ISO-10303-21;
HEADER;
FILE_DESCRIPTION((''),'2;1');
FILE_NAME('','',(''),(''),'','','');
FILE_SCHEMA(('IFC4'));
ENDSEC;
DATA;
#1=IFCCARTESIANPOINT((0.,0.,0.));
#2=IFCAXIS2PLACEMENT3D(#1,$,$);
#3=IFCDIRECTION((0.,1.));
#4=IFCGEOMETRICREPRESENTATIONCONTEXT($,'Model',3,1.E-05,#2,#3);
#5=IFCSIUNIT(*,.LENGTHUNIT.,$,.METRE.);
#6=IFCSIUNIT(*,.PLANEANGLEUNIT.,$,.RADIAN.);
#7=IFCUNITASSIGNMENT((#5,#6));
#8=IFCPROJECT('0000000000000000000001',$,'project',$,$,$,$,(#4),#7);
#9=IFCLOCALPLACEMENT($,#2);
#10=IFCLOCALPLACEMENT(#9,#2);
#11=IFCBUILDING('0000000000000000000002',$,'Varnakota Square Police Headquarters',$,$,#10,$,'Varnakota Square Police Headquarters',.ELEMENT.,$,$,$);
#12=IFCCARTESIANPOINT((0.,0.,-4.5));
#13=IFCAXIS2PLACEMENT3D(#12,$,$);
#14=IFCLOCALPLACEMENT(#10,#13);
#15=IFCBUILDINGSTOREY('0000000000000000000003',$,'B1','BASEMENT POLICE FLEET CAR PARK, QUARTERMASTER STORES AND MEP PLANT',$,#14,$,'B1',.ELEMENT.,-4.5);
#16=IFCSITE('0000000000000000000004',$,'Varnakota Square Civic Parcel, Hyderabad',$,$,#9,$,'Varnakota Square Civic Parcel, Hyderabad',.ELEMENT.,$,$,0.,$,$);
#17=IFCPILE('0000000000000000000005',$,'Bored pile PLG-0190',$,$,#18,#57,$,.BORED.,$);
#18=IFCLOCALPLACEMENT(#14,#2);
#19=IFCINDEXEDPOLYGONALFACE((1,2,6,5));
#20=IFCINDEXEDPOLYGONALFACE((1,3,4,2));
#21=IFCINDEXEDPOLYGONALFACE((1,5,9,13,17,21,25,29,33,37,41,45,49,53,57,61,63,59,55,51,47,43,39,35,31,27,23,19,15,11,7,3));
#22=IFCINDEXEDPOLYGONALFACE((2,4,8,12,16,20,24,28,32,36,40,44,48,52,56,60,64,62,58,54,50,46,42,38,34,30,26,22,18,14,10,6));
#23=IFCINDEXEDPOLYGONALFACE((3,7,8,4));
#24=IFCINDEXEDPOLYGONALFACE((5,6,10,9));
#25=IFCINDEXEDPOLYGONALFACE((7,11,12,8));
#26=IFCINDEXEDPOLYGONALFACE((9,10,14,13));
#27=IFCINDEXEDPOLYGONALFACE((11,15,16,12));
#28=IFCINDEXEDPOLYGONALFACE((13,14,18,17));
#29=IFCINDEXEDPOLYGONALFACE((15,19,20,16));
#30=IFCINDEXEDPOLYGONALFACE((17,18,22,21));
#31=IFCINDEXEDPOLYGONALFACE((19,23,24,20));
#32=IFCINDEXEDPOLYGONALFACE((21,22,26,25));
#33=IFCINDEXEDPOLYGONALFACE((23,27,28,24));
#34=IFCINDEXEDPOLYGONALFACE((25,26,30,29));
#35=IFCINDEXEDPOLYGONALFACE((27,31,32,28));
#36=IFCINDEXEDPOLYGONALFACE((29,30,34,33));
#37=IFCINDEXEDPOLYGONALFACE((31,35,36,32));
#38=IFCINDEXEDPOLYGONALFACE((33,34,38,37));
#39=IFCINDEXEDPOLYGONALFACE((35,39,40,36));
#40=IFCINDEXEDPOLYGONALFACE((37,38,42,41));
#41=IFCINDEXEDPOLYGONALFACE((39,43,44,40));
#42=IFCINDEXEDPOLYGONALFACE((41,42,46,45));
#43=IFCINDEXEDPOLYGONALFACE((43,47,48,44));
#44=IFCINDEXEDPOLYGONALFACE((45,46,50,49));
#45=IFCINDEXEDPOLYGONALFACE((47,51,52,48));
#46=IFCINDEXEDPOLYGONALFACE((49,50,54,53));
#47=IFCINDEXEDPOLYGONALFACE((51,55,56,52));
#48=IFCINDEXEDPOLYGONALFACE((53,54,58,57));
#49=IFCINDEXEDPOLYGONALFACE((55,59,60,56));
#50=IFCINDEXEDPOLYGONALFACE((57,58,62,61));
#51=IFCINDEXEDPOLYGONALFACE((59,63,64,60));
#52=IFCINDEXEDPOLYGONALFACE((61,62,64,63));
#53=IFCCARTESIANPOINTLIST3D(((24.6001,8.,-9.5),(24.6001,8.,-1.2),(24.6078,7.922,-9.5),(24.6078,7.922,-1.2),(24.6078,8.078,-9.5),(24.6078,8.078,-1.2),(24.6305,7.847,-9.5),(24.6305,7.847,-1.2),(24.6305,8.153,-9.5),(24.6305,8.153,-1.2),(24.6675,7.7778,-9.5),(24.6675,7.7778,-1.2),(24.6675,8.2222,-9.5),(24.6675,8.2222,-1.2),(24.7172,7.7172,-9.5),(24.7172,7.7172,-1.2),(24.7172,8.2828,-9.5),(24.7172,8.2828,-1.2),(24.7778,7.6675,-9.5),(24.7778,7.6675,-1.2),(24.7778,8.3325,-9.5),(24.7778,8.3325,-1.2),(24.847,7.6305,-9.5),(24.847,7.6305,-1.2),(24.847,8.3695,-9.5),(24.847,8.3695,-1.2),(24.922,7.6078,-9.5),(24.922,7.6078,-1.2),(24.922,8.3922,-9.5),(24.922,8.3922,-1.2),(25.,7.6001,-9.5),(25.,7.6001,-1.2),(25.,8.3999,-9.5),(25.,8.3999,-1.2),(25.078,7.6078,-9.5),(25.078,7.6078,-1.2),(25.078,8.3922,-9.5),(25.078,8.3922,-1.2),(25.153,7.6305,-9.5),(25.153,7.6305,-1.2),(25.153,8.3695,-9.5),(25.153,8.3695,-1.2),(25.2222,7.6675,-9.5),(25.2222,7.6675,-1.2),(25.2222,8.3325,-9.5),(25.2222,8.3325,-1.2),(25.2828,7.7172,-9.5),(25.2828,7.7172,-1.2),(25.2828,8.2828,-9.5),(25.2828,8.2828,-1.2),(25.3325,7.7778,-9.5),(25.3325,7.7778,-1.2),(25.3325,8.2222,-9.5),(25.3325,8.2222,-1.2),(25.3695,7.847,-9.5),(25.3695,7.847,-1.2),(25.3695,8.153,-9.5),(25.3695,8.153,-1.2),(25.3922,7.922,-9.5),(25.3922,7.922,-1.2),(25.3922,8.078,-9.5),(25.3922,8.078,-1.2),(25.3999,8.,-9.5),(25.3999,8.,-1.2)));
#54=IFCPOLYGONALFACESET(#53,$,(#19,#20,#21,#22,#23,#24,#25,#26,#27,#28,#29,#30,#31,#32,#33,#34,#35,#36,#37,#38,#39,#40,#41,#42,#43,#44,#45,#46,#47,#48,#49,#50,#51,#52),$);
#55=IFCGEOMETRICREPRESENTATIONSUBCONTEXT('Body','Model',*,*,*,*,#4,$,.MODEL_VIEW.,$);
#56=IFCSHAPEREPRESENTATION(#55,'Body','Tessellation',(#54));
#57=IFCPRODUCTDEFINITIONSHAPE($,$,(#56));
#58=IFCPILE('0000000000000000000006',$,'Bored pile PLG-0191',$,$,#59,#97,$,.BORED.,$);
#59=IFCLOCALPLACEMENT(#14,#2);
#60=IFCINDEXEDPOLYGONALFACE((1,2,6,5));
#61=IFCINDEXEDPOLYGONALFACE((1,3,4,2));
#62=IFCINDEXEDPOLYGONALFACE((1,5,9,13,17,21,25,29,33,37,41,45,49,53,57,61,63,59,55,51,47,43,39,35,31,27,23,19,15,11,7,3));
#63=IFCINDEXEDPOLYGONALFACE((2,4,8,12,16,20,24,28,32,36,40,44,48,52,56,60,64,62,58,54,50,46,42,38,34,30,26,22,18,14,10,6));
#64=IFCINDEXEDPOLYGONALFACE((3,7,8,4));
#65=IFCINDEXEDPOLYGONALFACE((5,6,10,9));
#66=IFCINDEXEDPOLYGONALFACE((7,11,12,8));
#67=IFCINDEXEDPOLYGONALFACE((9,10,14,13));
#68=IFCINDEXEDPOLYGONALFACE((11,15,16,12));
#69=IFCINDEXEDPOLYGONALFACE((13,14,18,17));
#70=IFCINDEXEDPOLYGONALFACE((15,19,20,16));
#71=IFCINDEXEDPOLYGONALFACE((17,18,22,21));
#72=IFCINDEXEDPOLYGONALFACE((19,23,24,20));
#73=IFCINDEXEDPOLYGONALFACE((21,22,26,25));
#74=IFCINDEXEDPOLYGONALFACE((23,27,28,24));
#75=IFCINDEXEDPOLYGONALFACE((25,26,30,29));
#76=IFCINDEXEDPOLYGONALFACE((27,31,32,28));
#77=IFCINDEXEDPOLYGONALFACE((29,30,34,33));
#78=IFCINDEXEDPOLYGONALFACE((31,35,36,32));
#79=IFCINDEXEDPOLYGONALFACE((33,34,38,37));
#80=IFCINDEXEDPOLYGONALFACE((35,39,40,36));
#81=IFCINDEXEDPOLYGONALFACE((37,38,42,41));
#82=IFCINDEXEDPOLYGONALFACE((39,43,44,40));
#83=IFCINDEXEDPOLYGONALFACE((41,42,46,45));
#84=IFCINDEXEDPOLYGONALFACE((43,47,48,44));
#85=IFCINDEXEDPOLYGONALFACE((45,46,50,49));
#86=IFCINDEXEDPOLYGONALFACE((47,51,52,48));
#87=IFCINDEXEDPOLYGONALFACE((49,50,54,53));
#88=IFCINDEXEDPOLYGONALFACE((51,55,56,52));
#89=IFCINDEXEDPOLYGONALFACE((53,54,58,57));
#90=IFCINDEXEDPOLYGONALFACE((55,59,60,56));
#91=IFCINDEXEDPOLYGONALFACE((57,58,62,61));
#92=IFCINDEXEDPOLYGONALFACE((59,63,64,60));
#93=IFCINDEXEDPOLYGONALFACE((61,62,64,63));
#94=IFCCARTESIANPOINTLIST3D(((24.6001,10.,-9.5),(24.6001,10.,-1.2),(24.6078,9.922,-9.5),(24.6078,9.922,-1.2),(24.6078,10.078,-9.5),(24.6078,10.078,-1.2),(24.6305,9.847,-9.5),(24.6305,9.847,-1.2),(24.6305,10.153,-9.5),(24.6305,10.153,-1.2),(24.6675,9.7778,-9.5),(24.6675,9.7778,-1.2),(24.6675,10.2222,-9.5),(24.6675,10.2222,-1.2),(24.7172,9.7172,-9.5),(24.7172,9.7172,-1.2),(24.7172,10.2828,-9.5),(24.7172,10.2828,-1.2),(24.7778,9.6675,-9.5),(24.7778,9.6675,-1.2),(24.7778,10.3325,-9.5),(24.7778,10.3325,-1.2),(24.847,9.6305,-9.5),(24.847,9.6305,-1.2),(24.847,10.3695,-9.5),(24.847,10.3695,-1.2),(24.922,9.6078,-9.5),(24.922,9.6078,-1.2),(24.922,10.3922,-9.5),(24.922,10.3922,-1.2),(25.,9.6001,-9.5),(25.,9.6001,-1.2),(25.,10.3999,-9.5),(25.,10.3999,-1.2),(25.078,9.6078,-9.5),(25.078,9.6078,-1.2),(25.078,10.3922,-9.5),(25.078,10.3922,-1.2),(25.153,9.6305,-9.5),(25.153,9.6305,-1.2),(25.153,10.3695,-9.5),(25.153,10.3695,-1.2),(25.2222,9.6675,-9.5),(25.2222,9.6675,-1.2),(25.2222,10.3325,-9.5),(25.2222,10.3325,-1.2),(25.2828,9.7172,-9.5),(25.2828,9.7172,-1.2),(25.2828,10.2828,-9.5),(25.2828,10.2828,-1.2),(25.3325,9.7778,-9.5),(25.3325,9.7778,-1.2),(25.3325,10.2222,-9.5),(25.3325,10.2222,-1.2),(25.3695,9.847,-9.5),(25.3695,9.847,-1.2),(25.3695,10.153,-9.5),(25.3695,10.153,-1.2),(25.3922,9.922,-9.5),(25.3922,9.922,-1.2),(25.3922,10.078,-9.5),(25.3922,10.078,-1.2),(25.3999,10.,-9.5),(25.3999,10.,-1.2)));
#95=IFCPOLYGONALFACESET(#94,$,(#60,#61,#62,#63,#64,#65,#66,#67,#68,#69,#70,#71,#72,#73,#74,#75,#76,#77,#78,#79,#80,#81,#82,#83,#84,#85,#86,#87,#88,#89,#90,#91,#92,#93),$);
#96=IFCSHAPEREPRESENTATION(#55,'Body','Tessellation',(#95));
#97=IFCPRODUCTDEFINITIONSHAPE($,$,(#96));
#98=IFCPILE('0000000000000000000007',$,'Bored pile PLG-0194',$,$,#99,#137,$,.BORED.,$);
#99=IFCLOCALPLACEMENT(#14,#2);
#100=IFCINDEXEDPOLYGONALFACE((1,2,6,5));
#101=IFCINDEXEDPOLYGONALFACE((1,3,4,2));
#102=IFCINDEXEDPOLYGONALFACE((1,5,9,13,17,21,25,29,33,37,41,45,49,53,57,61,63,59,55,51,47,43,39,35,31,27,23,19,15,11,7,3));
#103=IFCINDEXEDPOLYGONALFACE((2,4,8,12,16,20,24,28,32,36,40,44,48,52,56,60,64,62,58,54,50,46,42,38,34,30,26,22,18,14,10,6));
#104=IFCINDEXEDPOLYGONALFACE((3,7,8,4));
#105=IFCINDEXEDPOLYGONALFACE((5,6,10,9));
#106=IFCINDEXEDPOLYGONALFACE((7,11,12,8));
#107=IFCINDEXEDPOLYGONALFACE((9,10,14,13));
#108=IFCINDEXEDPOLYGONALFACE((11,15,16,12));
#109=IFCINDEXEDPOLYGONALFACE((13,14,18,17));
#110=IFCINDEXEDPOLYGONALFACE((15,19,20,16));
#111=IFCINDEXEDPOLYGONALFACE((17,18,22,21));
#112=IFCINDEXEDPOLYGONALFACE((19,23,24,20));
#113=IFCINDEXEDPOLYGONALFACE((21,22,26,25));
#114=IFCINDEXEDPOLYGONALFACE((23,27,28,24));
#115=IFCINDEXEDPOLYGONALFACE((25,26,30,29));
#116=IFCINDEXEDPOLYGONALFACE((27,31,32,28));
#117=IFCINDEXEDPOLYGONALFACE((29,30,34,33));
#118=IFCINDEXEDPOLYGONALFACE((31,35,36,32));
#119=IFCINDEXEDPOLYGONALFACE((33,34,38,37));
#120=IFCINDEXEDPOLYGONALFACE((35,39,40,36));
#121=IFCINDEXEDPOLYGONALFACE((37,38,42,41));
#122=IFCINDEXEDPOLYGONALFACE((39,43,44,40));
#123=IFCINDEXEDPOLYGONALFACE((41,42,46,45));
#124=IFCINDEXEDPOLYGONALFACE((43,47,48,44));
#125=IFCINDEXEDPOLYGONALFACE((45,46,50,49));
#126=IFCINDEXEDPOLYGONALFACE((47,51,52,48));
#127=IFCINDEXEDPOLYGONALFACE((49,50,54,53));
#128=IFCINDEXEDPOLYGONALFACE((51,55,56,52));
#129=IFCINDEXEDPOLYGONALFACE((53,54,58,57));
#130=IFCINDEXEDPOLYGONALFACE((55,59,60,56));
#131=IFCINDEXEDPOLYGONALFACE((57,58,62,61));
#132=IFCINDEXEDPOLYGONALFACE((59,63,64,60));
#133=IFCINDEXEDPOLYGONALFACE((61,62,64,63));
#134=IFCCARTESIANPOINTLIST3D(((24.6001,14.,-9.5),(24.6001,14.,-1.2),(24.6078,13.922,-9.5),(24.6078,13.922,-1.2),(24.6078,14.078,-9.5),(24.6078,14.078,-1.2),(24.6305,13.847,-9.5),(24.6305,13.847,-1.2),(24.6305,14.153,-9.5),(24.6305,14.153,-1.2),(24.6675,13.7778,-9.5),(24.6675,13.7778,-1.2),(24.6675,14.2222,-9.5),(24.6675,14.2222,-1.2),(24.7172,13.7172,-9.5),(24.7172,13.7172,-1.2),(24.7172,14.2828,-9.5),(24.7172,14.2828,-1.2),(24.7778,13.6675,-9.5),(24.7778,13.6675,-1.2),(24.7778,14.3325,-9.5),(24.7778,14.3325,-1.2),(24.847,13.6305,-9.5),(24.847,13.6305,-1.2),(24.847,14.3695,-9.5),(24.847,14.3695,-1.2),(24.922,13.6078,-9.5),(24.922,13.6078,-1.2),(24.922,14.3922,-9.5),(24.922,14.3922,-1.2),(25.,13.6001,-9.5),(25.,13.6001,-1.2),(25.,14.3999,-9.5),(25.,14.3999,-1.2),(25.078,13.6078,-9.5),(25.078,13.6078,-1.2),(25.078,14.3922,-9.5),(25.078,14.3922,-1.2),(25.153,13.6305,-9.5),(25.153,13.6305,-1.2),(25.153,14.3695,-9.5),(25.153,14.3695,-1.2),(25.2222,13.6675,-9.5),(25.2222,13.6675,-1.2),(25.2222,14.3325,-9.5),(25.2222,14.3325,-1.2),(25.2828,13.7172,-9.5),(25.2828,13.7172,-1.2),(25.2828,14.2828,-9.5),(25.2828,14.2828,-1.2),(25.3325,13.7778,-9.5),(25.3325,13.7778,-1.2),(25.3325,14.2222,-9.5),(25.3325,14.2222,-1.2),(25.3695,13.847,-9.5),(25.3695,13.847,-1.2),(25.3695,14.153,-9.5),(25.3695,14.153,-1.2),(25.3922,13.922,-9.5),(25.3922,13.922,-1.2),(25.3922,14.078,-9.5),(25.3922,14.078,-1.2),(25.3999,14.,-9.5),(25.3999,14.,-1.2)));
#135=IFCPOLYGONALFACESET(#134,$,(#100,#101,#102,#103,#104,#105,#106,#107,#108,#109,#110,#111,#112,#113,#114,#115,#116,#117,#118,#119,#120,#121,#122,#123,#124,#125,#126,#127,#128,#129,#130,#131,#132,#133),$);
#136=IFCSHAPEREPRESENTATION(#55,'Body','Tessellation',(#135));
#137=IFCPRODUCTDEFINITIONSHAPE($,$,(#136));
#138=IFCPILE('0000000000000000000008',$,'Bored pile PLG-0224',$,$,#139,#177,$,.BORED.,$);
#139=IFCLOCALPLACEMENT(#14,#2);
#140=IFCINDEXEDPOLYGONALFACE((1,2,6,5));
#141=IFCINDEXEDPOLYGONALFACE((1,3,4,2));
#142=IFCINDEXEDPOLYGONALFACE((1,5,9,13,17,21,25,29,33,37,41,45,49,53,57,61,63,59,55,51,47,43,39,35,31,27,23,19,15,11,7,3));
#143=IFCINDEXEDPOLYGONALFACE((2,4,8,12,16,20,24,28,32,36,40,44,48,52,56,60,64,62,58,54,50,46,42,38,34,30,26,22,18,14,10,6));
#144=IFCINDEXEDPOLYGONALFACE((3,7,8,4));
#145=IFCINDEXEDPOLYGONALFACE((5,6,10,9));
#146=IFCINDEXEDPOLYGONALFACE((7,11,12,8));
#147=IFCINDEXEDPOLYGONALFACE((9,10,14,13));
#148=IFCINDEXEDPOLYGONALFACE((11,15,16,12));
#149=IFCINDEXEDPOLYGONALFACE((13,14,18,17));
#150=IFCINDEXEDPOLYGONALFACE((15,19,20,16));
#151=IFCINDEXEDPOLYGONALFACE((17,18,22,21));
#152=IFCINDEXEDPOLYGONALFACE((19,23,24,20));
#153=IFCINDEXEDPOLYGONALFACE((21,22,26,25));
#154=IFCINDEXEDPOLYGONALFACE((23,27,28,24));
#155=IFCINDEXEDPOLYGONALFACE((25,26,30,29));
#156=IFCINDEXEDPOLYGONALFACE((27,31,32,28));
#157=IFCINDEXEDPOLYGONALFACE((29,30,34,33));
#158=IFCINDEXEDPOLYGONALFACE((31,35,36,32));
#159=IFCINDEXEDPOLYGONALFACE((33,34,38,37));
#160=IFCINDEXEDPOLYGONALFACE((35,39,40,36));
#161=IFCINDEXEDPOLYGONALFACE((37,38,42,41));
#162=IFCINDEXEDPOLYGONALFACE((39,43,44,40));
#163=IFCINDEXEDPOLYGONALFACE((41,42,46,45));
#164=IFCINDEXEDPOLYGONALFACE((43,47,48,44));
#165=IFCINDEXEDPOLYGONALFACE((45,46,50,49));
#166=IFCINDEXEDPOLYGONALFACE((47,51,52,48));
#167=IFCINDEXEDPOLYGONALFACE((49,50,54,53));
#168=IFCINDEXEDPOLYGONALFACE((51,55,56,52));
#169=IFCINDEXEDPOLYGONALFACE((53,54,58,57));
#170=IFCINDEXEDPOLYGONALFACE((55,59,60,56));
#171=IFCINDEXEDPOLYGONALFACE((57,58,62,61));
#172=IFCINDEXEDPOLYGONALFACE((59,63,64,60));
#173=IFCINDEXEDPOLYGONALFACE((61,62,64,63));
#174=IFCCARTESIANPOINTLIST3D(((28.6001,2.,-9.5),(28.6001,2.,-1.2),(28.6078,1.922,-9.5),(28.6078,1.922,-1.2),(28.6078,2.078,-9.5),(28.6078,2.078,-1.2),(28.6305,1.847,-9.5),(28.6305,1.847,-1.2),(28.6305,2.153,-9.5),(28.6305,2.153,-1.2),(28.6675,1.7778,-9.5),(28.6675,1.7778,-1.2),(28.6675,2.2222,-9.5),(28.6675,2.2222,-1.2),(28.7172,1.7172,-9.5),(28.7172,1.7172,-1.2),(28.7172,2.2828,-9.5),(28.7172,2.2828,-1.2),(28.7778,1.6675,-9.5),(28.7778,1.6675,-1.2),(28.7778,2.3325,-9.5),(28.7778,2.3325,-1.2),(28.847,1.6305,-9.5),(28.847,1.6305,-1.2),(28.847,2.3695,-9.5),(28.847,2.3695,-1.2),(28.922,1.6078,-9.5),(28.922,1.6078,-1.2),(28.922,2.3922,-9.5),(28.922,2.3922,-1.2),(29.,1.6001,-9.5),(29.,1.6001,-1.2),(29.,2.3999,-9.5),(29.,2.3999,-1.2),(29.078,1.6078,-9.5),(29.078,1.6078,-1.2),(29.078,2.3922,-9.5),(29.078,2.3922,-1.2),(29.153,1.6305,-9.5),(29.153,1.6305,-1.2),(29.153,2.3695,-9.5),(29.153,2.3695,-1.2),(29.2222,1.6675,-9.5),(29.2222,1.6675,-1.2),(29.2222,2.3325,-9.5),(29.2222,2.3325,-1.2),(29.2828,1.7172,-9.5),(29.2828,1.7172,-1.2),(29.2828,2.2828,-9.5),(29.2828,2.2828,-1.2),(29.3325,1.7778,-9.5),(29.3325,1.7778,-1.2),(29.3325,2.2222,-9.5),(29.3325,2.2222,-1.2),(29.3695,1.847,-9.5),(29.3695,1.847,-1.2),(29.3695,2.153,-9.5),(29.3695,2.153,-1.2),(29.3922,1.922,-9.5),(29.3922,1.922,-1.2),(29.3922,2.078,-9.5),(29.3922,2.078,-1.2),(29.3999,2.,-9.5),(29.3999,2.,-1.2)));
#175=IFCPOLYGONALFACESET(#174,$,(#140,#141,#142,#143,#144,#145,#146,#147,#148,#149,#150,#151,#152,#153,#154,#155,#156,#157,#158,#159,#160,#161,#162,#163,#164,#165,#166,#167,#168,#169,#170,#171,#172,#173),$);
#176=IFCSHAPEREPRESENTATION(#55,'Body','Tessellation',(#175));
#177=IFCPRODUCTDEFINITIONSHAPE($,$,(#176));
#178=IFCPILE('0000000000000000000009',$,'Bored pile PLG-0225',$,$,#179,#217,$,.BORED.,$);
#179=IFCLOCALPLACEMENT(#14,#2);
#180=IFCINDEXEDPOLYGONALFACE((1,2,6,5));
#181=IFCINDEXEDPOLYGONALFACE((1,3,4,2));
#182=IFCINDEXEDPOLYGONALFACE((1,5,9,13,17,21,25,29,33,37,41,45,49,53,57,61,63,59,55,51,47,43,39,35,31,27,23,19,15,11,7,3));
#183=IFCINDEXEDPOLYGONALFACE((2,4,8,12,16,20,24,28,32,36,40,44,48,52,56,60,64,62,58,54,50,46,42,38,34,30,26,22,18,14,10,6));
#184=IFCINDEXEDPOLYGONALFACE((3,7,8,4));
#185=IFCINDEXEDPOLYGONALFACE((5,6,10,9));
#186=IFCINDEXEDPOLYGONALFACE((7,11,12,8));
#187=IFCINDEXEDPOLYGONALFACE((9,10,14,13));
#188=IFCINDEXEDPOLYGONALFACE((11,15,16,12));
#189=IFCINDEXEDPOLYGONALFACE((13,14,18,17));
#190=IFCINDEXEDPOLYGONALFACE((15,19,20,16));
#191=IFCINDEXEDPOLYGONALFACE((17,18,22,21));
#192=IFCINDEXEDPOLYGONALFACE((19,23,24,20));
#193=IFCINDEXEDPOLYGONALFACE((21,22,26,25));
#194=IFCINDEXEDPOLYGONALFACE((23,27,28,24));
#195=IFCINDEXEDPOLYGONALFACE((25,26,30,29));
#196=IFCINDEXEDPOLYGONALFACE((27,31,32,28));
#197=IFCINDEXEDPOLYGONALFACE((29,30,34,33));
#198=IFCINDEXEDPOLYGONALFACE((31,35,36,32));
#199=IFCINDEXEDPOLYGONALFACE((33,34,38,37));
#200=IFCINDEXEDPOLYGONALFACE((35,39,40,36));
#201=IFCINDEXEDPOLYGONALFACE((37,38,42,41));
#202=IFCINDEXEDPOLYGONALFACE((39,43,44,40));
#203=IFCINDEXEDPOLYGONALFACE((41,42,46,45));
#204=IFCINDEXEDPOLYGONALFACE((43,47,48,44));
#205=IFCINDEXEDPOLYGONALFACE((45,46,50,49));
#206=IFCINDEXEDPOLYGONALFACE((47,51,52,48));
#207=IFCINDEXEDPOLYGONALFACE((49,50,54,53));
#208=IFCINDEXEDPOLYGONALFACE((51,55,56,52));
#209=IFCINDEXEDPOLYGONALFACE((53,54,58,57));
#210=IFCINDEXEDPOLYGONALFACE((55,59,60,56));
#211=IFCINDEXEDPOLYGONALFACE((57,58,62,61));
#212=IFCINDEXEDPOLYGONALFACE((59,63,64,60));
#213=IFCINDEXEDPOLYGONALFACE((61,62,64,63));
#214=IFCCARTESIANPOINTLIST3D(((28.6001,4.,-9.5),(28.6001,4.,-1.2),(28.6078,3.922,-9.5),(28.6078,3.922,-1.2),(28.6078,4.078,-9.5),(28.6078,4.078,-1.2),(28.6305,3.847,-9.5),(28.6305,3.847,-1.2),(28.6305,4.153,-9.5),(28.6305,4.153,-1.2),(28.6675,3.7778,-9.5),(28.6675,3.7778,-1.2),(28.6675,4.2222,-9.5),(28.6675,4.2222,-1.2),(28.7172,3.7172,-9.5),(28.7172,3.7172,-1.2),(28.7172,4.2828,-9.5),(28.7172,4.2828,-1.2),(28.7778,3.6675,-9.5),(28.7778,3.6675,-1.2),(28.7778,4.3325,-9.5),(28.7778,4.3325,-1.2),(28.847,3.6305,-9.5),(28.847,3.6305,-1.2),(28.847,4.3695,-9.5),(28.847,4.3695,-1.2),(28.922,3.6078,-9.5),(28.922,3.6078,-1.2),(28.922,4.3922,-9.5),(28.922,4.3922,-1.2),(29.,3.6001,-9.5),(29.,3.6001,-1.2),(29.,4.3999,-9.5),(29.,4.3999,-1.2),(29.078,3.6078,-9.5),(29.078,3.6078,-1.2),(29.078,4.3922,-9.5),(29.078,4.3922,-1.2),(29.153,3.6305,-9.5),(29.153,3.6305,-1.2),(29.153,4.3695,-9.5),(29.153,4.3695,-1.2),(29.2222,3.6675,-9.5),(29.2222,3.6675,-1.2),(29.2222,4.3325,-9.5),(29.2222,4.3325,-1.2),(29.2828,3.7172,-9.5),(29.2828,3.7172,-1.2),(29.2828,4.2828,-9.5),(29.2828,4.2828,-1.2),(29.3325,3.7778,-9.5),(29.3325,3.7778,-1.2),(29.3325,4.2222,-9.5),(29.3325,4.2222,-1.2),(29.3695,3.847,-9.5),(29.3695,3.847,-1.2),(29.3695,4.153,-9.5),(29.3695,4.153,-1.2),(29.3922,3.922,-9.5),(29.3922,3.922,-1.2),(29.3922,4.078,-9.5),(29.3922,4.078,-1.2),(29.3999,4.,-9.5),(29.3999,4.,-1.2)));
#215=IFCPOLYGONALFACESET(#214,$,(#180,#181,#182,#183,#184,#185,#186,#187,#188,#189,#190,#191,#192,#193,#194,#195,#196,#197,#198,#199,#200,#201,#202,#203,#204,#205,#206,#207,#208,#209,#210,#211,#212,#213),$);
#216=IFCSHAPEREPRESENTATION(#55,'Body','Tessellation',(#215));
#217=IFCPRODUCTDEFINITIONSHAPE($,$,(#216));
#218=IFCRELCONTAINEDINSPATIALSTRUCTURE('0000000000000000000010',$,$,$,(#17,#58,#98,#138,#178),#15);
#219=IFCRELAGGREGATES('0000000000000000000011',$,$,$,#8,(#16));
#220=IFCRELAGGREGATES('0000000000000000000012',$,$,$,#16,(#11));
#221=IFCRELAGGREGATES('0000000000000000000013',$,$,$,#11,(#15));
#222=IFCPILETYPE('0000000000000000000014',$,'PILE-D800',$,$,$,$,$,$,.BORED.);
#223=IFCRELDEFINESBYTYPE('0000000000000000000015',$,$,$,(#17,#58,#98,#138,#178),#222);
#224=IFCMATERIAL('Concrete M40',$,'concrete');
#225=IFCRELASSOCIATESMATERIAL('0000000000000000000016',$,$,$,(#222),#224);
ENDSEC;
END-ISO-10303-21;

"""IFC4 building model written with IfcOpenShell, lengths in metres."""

from ifc_helpers import new_model, si_unit, direction, frame, origin, origin_2d, place, context, subcontext, project, spatial, circle, extrude, material, material_profile, profile_set, type_object, element, save


model = new_model("IFC4")

# Units and contexts
model_context = context("Model", 3, precision=1e-05, world=origin(), true_north=direction((0.0, 1.0)))
body_context = subcontext(model_context, "Body", "Model", "MODEL_VIEW")
ifc_project = project(units=[si_unit("LENGTHUNIT", "METRE"), si_unit("PLANEANGLEUNIT", "RADIAN")], contexts=[model_context])

# Site, building, storey
site_placement = place(None, origin())
site = spatial("IfcSite", under=ifc_project, at=site_placement, Name="Varnakota Square Civic Parcel, Hyderabad", LongName="Varnakota Square Civic Parcel, Hyderabad", CompositionType="ELEMENT", RefElevation=0.0)
building_placement = place(site_placement, origin())
building = spatial("IfcBuilding", under=site, at=building_placement, Name="Varnakota Square Police Headquarters", LongName="Varnakota Square Police Headquarters", CompositionType="ELEMENT")
storey_placement = place(building_placement, frame((0.0, 0.0, -4.5)))
storey = spatial("IfcBuildingStorey", under=building, at=storey_placement, Name="B1", Description="BASEMENT POLICE FLEET CAR PARK, QUARTERMASTER STORES AND MEP PLANT", LongName="B1", CompositionType="ELEMENT", Elevation=-4.5)

# Shared definitions
ifc_material_1 = material(Name="Concrete M40", Category="concrete")

# Piles
ifc_material_profile_1 = material_profile(ifc_material_1, circle(Radius=0.3999, at=origin_2d()), Name="BORED PILE 800")
ifc_profile_set_1 = profile_set([ifc_material_profile_1], Name="Concrete M40")
pile_type = type_object("IfcPileType", Name="PILE-D800", PredefinedType="BORED", material=ifc_profile_set_1)
for number, where, z_axis, x_axis, name in (
    (1, (25.0, 8.0, -1.2), (0.0, 0.0, -1.0), (1.0, 0.0, 0.0), "Bored pile PLG-0190"),
    (2, (25.0, 10.0, -1.2), (0.0, 0.0, -1.0), (1.0, 0.0, 0.0), "Bored pile PLG-0191"),
    (3, (25.0, 14.0, -1.2), (0.0, 0.0, -1.0), (1.0, 0.0, 0.0), "Bored pile PLG-0194"),
    (4, (29.0, 2.0, -1.2), (0.0, 0.0, -1.0), (1.0, 0.0, 0.0), "Bored pile PLG-0224"),
    (5, (29.0, 4.0, -1.2), (0.0, 0.0, -1.0), (1.0, 0.0, 0.0), "Bored pile PLG-0225"),
):
    element("IfcPile", number, at=place(storey_placement, frame(where, z_axis=z_axis, x_axis=x_axis)), inside=storey, type_object=pile_type, Name=name, PredefinedType="BORED", context=body_context, shape_type="SweptSolid", body=[
        extrude(circle(Radius=0.3999, at=origin_2d()), origin(), (0.0, 0.0, 1.0), 8.3),
    ])

save(model, "model.ifc")
